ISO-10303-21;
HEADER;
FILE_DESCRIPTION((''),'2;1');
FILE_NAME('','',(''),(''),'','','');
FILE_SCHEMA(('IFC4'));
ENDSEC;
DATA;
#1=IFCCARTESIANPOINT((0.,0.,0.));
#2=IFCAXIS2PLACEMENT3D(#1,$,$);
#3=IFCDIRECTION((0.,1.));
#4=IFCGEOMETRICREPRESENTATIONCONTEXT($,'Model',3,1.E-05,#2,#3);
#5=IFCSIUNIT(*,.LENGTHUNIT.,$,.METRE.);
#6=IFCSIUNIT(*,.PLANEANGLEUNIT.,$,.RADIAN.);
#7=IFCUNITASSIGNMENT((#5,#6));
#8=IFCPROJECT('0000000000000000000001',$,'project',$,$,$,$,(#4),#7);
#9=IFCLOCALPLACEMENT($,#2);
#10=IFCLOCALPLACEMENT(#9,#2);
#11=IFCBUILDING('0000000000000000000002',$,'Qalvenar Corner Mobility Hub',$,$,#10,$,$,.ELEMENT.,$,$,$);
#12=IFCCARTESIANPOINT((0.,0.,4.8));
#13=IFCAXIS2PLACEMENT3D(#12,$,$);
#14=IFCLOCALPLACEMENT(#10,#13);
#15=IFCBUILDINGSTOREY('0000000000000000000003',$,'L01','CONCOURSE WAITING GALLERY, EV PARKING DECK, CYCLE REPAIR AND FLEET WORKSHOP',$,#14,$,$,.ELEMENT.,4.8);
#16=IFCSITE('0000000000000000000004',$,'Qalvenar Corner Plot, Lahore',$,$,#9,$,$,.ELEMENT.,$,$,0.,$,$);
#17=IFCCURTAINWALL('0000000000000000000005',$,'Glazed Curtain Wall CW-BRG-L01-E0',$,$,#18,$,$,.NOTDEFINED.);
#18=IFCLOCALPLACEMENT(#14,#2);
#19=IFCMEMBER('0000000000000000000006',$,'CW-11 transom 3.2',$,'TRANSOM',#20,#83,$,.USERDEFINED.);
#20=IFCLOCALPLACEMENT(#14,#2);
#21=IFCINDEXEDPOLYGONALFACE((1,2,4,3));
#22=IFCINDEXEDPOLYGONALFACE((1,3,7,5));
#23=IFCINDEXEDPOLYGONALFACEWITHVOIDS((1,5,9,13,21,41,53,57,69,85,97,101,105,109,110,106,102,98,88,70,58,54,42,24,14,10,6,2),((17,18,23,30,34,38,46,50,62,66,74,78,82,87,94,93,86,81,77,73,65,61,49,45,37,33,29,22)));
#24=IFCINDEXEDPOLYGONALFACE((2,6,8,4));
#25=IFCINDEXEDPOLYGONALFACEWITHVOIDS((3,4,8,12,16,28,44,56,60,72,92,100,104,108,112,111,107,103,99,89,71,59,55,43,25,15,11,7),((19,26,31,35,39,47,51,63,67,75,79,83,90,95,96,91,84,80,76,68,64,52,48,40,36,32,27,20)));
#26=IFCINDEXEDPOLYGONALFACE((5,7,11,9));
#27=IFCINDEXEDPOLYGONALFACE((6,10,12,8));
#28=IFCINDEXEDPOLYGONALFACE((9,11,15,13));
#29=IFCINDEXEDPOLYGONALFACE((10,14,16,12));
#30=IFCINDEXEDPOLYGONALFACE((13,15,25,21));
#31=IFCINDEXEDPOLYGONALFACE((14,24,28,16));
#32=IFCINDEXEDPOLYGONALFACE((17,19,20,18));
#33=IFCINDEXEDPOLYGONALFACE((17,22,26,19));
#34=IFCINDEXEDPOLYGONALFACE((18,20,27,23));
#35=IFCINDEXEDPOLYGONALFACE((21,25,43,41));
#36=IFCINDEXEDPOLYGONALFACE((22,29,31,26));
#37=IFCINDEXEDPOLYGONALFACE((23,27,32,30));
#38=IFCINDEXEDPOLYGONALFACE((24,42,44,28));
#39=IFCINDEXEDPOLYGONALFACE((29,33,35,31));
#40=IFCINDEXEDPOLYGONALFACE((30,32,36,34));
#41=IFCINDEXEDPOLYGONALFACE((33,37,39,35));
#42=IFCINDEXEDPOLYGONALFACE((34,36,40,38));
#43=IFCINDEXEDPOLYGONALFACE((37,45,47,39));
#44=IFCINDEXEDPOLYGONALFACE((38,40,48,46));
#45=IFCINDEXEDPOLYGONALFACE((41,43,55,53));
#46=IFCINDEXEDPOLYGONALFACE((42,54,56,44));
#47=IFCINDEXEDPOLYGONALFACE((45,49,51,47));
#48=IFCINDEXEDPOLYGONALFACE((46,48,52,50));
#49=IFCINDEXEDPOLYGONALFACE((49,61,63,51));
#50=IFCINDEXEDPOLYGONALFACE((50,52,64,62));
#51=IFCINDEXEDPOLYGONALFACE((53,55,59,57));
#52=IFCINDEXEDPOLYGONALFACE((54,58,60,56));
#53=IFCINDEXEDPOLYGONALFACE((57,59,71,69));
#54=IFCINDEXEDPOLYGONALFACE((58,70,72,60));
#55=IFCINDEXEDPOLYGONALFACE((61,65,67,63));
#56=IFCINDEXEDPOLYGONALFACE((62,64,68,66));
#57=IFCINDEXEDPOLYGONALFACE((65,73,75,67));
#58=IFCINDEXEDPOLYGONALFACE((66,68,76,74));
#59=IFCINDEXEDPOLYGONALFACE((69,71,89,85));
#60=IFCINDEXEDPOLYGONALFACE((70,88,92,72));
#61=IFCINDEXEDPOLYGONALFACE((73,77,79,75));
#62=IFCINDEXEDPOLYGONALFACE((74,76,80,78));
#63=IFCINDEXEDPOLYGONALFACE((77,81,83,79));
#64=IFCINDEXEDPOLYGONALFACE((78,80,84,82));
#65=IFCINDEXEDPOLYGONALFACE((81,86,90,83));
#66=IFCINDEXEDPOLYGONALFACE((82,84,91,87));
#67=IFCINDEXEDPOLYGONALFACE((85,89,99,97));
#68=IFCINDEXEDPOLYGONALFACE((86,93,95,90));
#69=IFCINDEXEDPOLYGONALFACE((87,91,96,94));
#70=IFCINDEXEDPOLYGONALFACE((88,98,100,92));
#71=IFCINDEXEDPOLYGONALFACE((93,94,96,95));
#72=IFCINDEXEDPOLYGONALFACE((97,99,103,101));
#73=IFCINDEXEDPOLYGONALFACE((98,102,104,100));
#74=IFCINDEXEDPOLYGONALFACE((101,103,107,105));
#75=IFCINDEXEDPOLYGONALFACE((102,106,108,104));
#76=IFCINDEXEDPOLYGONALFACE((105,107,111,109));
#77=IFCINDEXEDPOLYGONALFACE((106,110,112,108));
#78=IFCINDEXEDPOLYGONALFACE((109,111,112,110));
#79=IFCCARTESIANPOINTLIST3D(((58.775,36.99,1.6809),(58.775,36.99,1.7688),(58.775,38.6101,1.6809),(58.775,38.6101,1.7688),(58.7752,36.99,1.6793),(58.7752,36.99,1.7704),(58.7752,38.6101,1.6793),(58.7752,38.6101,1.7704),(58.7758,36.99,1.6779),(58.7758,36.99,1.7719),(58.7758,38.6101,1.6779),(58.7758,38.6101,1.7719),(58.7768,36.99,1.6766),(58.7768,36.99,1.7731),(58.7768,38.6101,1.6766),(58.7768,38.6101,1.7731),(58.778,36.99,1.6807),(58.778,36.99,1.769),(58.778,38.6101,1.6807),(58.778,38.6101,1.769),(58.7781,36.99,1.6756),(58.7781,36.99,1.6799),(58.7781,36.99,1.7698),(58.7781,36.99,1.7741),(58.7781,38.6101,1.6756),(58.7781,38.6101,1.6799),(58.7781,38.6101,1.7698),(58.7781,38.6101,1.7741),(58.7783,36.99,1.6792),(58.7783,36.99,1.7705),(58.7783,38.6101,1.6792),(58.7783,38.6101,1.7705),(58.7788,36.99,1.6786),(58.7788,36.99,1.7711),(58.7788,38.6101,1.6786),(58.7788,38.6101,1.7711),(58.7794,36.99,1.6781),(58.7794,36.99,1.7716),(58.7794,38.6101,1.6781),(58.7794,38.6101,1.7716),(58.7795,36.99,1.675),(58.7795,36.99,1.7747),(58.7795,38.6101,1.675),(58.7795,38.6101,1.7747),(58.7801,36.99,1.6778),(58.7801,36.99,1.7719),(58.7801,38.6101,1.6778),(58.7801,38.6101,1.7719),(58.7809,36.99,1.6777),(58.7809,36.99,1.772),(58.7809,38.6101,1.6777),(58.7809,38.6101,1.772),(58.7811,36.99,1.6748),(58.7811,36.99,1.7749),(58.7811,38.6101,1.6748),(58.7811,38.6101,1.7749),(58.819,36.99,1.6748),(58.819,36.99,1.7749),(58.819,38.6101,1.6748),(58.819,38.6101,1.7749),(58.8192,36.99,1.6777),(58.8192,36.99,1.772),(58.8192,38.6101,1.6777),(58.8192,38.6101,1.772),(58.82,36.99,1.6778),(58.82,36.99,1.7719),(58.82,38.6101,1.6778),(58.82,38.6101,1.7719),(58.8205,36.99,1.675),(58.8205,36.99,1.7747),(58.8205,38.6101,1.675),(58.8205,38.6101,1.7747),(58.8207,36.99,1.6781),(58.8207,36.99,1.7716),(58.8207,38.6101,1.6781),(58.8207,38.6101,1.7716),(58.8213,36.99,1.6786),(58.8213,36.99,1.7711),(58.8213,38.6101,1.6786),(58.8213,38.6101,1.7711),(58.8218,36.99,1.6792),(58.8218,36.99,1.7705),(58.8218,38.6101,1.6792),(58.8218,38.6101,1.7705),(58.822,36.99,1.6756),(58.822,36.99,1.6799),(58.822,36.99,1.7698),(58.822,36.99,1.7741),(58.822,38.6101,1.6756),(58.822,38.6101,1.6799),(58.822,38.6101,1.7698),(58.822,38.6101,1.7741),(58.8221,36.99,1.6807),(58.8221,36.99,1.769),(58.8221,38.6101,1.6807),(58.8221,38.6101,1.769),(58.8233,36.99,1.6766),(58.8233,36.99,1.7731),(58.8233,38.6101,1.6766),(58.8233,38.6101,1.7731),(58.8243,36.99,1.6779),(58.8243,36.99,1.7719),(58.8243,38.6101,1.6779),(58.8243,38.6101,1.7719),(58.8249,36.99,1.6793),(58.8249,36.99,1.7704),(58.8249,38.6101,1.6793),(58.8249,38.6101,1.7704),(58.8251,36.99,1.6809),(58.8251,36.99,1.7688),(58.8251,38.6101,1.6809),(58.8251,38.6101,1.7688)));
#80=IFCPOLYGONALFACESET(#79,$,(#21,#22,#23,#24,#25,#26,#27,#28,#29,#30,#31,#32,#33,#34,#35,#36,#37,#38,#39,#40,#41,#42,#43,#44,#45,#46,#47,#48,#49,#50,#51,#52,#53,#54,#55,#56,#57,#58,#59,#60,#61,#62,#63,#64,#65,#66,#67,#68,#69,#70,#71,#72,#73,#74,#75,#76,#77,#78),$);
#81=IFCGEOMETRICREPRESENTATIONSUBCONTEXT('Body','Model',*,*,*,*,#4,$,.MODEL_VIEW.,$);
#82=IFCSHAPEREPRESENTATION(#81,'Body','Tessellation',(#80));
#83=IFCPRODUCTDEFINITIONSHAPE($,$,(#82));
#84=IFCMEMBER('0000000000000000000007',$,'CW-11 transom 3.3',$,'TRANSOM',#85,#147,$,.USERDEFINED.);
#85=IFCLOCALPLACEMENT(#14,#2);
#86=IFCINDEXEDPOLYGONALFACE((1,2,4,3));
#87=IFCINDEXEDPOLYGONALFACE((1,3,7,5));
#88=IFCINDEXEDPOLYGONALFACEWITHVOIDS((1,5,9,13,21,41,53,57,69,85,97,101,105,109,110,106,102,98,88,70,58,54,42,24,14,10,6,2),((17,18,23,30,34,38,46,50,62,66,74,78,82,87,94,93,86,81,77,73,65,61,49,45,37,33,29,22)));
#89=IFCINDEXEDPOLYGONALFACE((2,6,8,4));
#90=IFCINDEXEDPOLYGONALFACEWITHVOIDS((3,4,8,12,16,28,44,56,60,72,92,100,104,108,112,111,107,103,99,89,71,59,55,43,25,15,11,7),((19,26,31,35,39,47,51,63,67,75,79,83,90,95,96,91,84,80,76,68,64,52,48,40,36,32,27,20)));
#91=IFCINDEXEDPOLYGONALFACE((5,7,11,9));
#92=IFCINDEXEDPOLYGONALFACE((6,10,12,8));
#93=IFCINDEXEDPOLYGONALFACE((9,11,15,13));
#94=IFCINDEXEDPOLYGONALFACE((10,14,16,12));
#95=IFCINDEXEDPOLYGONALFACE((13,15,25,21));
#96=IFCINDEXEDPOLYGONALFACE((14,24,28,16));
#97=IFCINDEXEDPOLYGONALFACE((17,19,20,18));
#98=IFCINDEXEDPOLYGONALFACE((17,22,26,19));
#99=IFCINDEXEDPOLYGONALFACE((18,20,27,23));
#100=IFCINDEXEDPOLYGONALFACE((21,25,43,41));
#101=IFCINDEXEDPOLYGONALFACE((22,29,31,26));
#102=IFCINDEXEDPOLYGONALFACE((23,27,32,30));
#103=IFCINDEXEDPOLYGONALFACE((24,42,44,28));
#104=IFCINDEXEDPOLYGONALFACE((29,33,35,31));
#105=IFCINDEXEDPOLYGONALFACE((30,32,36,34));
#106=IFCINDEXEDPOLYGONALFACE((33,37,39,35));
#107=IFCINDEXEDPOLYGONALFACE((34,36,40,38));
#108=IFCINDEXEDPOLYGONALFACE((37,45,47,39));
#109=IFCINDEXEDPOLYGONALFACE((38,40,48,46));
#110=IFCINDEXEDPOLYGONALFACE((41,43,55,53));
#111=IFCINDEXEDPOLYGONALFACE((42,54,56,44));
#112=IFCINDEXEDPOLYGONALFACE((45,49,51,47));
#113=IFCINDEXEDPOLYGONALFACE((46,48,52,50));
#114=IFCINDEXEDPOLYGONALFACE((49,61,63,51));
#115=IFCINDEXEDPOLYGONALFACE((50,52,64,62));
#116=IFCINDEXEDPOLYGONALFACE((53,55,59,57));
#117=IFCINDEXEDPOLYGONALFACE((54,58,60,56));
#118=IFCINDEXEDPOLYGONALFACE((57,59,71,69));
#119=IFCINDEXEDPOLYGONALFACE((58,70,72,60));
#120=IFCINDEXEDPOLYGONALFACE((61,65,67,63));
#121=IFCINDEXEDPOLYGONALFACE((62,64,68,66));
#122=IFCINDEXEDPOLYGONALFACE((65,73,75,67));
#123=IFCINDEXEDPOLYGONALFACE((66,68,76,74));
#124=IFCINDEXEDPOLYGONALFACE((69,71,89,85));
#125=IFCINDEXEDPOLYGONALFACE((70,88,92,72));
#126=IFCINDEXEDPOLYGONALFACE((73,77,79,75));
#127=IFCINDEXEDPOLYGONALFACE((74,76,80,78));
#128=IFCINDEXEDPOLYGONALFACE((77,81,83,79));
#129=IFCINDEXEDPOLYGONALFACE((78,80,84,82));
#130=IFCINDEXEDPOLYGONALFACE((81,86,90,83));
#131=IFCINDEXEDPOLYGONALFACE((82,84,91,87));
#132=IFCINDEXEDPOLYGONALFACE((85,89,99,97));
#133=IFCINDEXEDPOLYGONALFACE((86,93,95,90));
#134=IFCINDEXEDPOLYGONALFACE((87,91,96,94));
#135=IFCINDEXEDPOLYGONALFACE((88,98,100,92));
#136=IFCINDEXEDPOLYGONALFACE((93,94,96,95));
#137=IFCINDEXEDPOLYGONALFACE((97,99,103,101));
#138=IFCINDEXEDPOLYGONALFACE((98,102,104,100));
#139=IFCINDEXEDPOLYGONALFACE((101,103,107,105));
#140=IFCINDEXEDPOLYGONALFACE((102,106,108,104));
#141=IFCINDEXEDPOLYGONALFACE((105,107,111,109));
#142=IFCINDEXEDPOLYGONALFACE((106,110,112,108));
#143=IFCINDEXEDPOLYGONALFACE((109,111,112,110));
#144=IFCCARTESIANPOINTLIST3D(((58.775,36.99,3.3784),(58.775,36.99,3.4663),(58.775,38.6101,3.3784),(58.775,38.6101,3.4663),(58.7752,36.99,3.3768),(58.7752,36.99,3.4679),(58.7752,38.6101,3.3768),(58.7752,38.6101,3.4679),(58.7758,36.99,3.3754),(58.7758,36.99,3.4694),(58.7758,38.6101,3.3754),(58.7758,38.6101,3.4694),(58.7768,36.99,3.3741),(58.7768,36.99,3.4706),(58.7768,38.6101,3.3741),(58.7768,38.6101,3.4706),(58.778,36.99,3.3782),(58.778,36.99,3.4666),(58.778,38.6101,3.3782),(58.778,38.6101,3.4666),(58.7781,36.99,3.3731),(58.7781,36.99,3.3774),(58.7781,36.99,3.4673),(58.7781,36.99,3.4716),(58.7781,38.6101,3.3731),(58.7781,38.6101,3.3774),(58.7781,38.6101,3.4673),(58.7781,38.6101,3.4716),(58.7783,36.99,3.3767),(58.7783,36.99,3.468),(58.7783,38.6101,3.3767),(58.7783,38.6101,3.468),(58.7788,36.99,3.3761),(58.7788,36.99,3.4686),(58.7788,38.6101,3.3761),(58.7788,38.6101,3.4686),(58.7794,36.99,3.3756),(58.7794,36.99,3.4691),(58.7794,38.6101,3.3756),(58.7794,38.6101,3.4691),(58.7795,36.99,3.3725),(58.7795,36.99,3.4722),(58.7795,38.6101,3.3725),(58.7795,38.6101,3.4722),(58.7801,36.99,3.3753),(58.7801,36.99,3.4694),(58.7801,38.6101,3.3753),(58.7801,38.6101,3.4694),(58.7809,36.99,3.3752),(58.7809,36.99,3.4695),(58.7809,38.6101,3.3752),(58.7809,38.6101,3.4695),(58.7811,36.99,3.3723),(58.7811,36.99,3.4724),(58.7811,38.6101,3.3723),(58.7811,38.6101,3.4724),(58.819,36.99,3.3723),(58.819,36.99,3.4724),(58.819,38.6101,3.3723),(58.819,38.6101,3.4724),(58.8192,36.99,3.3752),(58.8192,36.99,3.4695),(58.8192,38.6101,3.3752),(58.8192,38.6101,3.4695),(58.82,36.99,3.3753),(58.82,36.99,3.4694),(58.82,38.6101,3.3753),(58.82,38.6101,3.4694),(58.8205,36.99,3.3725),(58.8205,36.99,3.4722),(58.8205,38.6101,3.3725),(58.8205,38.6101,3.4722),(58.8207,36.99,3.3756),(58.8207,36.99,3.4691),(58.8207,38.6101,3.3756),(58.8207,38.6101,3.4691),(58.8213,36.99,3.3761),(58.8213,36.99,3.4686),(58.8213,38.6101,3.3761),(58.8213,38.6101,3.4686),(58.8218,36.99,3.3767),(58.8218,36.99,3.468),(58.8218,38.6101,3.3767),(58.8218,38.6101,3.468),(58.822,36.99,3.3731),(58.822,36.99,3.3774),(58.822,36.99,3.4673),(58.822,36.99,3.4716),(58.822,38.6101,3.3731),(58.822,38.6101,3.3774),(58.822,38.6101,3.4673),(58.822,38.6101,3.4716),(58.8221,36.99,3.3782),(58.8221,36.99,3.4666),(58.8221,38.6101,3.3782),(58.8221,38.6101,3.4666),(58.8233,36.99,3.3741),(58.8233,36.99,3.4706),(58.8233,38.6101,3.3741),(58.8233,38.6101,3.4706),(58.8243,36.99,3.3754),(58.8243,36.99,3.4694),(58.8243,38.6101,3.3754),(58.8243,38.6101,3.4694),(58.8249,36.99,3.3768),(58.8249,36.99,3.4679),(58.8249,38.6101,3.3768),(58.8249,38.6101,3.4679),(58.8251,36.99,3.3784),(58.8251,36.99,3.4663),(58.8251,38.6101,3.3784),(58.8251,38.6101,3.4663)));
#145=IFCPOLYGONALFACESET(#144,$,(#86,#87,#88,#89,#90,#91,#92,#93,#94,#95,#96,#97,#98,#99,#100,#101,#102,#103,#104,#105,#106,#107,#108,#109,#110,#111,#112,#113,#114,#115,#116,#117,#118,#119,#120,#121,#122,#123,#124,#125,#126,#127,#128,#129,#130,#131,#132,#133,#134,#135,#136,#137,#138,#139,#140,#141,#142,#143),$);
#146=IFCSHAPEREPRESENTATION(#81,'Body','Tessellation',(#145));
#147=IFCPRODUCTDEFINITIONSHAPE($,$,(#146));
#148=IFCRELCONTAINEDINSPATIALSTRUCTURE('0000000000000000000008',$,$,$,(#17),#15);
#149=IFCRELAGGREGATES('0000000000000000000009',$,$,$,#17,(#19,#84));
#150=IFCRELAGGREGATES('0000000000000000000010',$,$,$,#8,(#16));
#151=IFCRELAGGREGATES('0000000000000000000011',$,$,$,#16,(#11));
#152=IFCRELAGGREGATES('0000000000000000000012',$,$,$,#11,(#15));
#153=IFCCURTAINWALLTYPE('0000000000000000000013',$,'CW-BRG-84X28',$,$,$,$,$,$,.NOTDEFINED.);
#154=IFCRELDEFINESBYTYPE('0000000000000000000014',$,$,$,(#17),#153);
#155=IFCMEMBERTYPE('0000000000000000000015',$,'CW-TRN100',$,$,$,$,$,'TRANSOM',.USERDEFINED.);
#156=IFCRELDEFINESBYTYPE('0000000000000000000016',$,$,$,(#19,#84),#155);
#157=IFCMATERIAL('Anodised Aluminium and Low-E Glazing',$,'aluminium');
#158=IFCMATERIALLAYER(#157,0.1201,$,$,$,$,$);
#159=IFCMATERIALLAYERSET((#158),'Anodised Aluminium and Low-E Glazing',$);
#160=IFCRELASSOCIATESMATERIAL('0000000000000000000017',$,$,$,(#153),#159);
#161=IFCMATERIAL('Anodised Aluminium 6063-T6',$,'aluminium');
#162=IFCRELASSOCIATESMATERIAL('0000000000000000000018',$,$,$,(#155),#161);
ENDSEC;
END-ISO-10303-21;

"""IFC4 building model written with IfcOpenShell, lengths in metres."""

from ifc_helpers import new_model, si_unit, direction, frame, origin, origin_2d, place, context, subcontext, project, spatial, hollow_rectangle, extrude, material, layer, layer_set, material_profile, profile_set, type_object, element, aggregate, save


model = new_model("IFC4")

# Units and contexts
model_context = context("Model", 3, precision=1e-05, world=origin(), true_north=direction((0.0, 1.0)))
body_context = subcontext(model_context, "Body", "Model", "MODEL_VIEW")
ifc_project = project(units=[si_unit("LENGTHUNIT", "METRE"), si_unit("PLANEANGLEUNIT", "RADIAN")], contexts=[model_context])

# Site, building, storey
site_placement = place(None, origin())
site = spatial("IfcSite", under=ifc_project, at=site_placement, Name="Qalvenar Corner Plot, Lahore", CompositionType="ELEMENT", RefElevation=0.0)
building_placement = place(site_placement, origin())
building = spatial("IfcBuilding", under=site, at=building_placement, Name="Qalvenar Corner Mobility Hub", CompositionType="ELEMENT")
storey_placement = place(building_placement, frame((0.0, 0.0, 4.8)))
storey = spatial("IfcBuildingStorey", under=building, at=storey_placement, Name="L01", Description="CONCOURSE WAITING GALLERY, EV PARKING DECK, CYCLE REPAIR AND FLEET WORKSHOP", CompositionType="ELEMENT", Elevation=4.8)

# Curtain wall, members
ifc_material_1 = material(Name="Anodised Aluminium and Low-E Glazing", Category="aluminium")
ifc_layer_1 = layer(ifc_material_1, 0.1201)
ifc_layer_set_1 = layer_set([ifc_layer_1], Name="Anodised Aluminium and Low-E Glazing")
curtain_wall_type = type_object("IfcCurtainWallType", Name="CW-BRG-84X28", PredefinedType="NOTDEFINED", material=ifc_layer_set_1)
curtain_wall_placement = place(storey_placement, origin())
curtain_wall = element("IfcCurtainWall", 1, at=curtain_wall_placement, inside=storey, type_object=curtain_wall_type, Name="Glazed Curtain Wall CW-BRG-L01-E0", PredefinedType="NOTDEFINED")
ifc_material_2 = material(Name="Anodised Aluminium 6063-T6", Category="aluminium")
ifc_material_profile_1 = material_profile(ifc_material_2, hollow_rectangle(XDim=0.05, YDim=0.1001, WallThickness=0.0029, InnerFilletRadius=0.0029, OuterFilletRadius=0.0061, at=origin_2d()), Name="RHS100x50x3")
ifc_profile_set_1 = profile_set([ifc_material_profile_1], Name="Anodised Aluminium 6063-T6")
member_type_1 = type_object("IfcMemberType", Name="CW-TRN100", ElementType="TRANSOM", PredefinedType="USERDEFINED", material=ifc_profile_set_1)
member_1_placement = place(storey_placement, frame((58.8, 36.99, 1.7249), z_axis=(0.0, 1.0, 0.0), x_axis=(-1.0, 0.0, 0.0)))
member_1 = element("IfcMember", 2, at=member_1_placement, type_object=member_type_1, Name="CW-11 transom 3.2", ObjectType="TRANSOM", PredefinedType="USERDEFINED", context=body_context, shape_type="SweptSolid", body=[
    extrude(hollow_rectangle(XDim=0.05, YDim=0.1001, WallThickness=0.0029, InnerFilletRadius=0.0029, OuterFilletRadius=0.0061, at=origin_2d()), origin(), (0.0, 0.0, 1.0), 1.6201),
])
member_2_placement = place(storey_placement, frame((58.8, 36.99, 3.4224), z_axis=(0.0, 1.0, 0.0), x_axis=(-1.0, 0.0, 0.0)))
member_2 = element("IfcMember", 3, at=member_2_placement, type_object=member_type_1, Name="CW-11 transom 3.3", ObjectType="TRANSOM", PredefinedType="USERDEFINED", context=body_context, shape_type="SweptSolid", body=[
    extrude(hollow_rectangle(XDim=0.05, YDim=0.1001, WallThickness=0.0029, InnerFilletRadius=0.0029, OuterFilletRadius=0.0061, at=origin_2d()), origin(), (0.0, 0.0, 1.0), 1.6201),
])
aggregate(curtain_wall, [member_1, member_2])

save(model, "model.ifc")
